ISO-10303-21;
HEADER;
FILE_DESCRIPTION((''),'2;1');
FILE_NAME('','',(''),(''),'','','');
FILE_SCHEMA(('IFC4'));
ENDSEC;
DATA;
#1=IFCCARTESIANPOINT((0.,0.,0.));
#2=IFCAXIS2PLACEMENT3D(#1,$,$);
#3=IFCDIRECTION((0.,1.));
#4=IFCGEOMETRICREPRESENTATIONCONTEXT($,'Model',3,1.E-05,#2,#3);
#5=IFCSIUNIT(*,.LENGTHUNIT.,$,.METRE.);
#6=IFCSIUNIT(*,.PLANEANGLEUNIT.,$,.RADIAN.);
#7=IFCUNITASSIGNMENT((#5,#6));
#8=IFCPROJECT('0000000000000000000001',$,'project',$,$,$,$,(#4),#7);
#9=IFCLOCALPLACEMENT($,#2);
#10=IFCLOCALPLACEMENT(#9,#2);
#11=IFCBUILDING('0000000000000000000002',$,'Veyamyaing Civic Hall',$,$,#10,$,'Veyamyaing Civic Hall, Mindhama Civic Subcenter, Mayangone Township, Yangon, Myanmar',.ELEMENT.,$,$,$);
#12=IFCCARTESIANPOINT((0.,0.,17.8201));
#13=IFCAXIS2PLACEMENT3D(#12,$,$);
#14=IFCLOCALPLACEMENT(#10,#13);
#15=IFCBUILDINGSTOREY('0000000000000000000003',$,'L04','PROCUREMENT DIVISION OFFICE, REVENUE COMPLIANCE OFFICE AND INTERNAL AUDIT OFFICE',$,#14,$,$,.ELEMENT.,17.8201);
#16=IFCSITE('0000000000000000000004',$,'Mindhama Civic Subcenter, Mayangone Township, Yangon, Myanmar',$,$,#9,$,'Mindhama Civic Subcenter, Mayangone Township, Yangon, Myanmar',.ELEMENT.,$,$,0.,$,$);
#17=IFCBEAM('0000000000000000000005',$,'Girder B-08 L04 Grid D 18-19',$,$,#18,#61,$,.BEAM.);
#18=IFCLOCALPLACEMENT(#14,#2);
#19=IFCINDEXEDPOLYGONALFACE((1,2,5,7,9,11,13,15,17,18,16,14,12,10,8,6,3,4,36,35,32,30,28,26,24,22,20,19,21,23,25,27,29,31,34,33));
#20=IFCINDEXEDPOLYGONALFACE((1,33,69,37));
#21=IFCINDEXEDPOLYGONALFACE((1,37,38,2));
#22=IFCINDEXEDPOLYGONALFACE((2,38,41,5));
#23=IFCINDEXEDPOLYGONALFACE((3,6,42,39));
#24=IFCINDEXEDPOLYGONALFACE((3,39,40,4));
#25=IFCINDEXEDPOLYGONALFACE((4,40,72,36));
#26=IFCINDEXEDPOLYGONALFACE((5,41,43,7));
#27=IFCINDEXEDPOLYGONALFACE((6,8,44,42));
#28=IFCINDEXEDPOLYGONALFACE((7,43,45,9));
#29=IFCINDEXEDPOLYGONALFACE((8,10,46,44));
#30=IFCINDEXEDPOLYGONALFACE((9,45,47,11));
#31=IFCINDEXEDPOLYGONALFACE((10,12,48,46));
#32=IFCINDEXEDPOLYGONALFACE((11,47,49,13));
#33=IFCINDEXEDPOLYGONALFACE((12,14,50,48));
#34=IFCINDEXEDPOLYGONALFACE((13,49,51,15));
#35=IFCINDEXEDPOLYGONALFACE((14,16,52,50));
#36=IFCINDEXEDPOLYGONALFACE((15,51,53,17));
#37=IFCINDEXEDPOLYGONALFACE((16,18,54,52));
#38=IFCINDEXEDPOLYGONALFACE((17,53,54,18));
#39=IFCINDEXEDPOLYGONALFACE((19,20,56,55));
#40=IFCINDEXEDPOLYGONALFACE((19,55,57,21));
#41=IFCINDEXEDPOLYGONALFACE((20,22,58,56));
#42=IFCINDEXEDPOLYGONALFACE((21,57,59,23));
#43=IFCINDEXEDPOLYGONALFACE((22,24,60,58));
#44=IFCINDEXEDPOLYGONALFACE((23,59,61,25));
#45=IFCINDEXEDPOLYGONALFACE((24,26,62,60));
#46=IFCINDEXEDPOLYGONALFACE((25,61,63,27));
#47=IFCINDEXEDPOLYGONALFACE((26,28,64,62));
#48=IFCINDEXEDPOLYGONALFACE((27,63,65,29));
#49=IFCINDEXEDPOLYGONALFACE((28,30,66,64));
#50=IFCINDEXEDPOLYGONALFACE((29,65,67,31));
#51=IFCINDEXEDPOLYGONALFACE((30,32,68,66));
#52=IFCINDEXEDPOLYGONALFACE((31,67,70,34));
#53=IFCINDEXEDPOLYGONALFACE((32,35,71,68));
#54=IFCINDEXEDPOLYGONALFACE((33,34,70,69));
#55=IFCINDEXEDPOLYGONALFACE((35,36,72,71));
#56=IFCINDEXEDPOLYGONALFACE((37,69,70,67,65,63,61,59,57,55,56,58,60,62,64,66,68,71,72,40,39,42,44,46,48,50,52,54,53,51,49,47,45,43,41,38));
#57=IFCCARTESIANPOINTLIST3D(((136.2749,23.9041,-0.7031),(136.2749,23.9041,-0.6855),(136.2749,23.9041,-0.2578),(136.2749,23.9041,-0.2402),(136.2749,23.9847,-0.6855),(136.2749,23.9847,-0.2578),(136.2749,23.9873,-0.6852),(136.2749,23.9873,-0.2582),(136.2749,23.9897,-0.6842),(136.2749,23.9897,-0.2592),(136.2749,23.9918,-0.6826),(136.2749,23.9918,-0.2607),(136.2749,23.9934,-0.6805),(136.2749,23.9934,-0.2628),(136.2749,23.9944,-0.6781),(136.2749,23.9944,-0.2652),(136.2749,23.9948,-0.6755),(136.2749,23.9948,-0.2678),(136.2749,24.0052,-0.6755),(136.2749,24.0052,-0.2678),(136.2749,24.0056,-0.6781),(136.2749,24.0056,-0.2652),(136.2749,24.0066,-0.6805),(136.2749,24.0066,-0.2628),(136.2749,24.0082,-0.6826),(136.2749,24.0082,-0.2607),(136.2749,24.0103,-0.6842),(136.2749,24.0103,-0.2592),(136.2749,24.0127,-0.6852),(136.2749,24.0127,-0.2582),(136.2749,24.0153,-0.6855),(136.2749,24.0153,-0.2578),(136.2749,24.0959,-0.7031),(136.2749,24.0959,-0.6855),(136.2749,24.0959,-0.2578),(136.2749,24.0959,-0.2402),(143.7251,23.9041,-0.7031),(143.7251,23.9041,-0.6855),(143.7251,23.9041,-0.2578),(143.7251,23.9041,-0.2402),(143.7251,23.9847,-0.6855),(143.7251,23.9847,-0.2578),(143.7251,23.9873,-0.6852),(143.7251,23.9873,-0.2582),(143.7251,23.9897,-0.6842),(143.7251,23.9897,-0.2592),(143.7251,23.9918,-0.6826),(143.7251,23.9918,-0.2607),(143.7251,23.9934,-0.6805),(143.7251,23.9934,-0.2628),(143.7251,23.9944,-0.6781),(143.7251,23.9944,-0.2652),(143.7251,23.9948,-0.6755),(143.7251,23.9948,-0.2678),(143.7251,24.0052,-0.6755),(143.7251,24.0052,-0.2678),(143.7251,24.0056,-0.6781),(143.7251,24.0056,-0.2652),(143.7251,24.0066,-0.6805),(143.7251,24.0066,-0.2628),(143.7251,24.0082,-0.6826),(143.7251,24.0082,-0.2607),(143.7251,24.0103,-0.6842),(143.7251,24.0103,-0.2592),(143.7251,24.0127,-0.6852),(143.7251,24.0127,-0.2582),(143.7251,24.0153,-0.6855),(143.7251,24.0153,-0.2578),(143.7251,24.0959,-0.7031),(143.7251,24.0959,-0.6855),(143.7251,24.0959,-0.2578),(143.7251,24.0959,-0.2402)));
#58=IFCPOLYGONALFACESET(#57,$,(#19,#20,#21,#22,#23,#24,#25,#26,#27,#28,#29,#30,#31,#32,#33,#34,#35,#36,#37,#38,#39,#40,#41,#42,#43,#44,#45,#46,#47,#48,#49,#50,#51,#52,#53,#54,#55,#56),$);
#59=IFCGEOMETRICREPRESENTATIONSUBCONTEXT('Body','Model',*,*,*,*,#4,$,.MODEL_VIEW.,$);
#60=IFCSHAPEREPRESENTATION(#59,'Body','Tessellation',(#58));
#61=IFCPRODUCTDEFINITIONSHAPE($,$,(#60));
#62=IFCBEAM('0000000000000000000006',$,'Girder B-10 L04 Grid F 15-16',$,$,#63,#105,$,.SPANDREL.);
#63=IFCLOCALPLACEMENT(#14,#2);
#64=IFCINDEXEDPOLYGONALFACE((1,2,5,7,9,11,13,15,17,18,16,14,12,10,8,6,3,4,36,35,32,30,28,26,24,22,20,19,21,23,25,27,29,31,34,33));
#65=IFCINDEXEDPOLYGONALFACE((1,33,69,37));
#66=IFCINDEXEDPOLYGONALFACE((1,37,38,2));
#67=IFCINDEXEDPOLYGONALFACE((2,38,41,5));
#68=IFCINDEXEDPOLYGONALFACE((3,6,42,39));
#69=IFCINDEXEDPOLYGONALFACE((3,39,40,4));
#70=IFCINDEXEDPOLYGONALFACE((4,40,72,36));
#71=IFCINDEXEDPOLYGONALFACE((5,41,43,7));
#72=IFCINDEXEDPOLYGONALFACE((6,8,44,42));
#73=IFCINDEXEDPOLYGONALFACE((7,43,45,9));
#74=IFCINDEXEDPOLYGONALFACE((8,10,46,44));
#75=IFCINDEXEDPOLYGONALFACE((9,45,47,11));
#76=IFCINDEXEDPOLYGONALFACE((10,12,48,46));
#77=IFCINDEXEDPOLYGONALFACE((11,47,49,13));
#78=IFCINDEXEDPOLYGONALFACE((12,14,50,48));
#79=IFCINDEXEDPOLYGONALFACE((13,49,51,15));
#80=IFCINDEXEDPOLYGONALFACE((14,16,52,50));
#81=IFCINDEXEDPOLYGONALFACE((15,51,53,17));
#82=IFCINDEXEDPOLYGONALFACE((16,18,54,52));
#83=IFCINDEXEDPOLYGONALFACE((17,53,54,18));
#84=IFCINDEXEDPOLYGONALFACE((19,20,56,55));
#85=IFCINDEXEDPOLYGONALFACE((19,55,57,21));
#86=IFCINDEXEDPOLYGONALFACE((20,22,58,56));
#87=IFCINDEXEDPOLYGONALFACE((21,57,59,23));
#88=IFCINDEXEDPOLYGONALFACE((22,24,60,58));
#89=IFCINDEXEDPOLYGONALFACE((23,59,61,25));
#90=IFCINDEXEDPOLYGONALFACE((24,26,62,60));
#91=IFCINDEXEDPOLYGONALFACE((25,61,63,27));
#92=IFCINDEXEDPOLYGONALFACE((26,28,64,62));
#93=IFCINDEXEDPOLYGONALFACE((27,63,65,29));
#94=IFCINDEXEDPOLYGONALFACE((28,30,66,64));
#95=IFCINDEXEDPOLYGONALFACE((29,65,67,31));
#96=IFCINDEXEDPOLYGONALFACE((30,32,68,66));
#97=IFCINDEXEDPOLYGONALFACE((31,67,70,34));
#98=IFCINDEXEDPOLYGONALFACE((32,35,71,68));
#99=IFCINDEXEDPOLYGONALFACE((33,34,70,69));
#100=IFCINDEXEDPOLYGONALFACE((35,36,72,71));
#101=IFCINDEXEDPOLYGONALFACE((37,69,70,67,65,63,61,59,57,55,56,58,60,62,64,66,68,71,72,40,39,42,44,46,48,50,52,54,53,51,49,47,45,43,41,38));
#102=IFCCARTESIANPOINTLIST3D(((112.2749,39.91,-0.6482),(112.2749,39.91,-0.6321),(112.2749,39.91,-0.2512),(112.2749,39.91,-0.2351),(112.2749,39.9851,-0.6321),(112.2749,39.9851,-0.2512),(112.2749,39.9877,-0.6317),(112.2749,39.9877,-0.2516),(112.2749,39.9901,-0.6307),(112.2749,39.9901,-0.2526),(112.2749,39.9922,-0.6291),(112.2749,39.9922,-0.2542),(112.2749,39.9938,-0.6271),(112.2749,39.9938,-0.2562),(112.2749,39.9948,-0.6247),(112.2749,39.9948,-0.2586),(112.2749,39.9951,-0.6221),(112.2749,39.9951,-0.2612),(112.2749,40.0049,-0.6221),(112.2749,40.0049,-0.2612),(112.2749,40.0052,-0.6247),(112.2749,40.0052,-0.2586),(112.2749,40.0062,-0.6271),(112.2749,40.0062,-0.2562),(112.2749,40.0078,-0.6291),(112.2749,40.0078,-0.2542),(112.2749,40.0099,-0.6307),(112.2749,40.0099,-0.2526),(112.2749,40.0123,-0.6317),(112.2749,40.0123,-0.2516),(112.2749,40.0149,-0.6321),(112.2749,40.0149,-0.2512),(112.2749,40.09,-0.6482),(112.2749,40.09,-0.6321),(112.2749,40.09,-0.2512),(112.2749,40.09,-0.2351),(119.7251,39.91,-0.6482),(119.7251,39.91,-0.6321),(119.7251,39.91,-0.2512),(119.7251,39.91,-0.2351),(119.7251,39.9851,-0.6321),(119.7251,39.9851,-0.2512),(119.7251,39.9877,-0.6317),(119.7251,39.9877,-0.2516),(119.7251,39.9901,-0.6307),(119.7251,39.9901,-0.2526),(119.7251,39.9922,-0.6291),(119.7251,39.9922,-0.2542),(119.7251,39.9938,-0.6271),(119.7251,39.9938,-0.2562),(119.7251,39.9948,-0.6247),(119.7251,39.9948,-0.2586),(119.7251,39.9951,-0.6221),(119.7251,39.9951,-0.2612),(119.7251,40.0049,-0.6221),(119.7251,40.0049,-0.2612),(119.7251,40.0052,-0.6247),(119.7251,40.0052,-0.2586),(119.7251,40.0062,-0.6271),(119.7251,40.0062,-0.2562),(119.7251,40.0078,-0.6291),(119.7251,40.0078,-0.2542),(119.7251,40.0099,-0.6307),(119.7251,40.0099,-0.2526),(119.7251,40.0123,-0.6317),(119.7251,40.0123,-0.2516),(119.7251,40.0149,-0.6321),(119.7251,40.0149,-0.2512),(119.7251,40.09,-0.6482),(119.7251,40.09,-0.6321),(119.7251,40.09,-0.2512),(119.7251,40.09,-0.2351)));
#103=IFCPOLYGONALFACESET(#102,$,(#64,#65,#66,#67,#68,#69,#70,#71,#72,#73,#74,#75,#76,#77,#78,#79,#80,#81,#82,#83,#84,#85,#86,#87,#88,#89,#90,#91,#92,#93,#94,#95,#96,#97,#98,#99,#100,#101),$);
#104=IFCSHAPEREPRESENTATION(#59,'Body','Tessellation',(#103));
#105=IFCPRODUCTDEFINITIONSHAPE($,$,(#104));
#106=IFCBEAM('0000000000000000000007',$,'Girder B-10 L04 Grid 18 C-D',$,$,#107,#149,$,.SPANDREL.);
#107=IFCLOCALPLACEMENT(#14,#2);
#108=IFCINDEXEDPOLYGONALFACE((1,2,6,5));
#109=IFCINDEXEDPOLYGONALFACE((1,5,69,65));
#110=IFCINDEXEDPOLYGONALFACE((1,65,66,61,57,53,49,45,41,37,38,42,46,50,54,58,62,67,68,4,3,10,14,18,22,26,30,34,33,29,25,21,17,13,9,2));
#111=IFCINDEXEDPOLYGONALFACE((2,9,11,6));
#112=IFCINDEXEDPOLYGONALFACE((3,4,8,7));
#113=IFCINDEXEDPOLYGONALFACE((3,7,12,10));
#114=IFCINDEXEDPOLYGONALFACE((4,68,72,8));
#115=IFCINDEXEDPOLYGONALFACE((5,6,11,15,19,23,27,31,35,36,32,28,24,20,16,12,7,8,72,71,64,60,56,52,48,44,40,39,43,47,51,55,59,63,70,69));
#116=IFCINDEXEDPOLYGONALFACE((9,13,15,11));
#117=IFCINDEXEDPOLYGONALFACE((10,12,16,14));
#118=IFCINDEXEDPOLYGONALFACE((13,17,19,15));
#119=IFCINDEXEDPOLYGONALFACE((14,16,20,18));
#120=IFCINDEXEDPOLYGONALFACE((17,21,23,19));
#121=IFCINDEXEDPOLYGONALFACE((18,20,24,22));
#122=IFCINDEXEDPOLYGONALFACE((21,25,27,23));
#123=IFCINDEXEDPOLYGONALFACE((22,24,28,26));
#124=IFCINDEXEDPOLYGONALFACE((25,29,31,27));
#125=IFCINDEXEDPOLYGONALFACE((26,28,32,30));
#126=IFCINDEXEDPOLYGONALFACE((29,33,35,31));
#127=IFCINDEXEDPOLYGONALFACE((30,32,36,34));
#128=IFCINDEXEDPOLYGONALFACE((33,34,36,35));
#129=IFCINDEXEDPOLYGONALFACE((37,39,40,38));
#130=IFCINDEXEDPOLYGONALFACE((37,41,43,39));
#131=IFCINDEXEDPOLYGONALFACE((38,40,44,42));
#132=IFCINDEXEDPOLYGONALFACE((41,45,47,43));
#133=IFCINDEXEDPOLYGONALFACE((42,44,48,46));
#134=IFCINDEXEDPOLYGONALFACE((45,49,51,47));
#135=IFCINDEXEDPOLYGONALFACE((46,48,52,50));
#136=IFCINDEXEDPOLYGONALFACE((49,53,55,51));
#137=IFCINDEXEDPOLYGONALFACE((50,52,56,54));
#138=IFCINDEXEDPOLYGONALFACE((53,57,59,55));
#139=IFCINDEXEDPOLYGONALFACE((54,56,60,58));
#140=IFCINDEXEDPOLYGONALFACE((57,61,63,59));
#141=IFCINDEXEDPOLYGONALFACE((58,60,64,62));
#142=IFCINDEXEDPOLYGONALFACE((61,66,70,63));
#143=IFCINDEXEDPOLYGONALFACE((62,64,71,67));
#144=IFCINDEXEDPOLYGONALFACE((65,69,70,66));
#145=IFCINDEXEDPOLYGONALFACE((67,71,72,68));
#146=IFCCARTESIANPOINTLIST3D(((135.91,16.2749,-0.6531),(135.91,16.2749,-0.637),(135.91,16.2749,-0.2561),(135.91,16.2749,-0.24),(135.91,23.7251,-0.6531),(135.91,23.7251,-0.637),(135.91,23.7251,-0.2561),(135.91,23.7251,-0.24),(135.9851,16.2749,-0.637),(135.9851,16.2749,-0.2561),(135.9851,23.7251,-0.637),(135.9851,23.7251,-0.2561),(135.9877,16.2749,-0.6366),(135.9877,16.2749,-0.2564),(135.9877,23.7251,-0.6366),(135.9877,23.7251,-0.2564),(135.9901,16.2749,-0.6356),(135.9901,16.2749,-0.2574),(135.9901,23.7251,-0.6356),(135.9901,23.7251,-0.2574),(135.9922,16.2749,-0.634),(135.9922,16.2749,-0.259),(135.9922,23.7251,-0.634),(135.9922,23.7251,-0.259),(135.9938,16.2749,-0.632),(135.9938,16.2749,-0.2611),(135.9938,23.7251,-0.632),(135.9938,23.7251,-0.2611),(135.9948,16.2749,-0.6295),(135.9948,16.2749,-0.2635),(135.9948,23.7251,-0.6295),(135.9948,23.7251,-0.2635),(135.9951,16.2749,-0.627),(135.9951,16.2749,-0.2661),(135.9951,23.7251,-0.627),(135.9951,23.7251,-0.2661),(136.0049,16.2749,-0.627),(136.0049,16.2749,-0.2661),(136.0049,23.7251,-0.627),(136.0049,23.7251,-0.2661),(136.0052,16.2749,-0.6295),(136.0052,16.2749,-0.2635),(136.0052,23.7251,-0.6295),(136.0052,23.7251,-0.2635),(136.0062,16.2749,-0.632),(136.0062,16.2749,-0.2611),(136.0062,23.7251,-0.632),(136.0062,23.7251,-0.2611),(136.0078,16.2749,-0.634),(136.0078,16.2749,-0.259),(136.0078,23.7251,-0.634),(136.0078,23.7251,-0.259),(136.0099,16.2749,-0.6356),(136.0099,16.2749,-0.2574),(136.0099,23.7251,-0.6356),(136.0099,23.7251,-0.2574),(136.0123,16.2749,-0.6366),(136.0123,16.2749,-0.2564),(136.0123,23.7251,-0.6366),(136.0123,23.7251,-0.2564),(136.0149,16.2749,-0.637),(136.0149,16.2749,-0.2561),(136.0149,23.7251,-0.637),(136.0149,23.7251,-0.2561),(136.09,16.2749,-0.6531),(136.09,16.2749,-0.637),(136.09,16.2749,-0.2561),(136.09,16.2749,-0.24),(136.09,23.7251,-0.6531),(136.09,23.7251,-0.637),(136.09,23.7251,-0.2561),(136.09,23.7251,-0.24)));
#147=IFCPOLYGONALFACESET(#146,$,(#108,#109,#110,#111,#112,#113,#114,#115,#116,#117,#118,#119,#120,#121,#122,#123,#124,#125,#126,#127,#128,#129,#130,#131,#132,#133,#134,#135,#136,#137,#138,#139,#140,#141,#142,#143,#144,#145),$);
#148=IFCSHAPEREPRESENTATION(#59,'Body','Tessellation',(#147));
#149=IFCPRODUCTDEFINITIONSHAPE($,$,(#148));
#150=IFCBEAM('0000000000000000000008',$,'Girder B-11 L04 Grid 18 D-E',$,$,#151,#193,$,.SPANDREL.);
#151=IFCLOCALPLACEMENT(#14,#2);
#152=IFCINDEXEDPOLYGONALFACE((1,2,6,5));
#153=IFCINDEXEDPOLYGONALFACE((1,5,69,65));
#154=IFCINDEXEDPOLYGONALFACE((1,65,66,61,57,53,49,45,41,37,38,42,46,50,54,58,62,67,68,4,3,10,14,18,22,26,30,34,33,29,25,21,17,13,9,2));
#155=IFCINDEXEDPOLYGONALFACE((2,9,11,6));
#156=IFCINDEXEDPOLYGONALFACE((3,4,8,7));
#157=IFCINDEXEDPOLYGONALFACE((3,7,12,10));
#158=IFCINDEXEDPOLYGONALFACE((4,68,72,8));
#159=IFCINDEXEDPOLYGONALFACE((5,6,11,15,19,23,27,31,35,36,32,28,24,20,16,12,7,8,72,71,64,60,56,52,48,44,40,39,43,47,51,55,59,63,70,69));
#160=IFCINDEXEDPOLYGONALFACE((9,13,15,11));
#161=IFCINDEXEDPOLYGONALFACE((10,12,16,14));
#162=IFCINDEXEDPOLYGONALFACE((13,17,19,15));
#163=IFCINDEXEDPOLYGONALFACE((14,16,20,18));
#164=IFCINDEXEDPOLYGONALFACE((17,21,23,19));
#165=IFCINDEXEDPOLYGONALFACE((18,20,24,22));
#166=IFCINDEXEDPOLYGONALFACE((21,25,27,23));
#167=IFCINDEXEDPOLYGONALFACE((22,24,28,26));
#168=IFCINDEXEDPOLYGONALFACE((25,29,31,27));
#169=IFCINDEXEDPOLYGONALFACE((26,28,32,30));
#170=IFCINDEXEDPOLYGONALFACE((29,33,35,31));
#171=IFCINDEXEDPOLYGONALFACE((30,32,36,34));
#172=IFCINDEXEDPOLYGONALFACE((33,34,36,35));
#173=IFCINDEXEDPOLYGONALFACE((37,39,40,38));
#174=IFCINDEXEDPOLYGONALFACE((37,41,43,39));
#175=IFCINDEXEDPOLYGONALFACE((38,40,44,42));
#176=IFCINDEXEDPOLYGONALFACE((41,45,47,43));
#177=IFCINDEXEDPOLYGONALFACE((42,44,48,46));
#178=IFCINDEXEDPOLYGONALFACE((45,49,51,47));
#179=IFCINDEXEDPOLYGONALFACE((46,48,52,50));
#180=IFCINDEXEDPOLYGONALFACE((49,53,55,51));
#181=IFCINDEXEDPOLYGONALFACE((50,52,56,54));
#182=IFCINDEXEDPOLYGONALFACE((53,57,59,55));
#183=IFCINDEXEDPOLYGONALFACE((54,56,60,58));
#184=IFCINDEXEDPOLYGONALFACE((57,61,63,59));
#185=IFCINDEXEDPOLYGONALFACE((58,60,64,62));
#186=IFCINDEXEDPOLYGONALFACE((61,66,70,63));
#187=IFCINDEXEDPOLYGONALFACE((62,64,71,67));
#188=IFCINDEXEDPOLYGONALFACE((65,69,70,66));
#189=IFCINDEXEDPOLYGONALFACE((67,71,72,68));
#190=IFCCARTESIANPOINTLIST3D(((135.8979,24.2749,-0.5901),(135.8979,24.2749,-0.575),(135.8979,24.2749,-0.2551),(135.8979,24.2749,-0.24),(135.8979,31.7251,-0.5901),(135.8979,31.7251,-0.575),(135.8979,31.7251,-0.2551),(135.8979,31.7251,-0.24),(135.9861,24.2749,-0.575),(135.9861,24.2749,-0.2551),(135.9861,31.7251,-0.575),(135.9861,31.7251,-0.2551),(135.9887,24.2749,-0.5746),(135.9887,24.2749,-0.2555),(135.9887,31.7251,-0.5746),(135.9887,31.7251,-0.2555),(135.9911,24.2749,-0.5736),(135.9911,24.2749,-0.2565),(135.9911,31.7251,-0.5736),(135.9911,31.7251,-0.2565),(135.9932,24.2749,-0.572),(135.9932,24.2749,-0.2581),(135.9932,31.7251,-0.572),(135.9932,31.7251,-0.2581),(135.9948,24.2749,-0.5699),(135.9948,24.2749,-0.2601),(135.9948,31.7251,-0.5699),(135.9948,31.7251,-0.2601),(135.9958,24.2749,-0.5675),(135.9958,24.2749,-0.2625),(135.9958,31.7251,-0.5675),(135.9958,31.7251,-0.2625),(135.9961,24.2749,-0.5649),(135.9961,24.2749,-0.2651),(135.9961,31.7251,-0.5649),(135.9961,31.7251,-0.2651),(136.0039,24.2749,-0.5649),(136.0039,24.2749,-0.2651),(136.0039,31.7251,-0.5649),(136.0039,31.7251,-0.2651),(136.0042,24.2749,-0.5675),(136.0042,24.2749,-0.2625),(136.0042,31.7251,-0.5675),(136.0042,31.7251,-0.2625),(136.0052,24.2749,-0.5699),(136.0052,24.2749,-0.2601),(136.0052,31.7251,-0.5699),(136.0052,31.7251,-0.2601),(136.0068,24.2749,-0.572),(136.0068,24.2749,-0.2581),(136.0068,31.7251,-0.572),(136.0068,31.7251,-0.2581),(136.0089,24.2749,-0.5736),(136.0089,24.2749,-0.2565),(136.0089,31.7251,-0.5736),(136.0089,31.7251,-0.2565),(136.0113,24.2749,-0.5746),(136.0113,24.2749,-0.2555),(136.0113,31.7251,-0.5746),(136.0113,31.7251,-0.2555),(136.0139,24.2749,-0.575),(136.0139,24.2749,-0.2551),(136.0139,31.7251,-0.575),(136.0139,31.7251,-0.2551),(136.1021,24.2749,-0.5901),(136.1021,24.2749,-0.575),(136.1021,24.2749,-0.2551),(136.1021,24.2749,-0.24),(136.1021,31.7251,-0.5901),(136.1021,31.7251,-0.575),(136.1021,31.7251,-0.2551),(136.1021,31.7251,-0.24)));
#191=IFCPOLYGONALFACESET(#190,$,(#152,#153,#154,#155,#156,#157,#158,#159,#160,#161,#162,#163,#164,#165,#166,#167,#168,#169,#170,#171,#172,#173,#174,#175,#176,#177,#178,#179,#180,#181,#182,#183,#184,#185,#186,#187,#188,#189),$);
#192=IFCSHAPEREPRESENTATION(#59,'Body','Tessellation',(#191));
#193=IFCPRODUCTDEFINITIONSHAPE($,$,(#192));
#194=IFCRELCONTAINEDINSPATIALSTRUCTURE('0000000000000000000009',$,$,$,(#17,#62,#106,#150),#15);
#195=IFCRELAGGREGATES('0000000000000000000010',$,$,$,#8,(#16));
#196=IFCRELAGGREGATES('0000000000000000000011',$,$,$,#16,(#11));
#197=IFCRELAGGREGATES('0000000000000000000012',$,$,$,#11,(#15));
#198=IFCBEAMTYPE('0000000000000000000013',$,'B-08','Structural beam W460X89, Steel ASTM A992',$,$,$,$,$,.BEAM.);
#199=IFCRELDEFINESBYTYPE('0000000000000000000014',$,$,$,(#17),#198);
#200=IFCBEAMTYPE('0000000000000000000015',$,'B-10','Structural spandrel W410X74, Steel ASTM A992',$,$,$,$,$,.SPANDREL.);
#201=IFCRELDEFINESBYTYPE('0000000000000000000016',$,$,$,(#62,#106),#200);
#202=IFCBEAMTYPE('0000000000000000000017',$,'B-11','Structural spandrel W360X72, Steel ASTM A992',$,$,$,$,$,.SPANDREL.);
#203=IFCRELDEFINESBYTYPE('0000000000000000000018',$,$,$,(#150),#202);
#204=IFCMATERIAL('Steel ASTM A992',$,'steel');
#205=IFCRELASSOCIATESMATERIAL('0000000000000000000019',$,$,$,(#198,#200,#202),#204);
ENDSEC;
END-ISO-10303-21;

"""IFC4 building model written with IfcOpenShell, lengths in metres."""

from ifc_helpers import new_model, si_unit, direction, frame, origin, origin_2d, place, context, subcontext, project, spatial, i_section, extrude, material, material_profile, profile_set, type_object, element, save


model = new_model("IFC4")

# Units and contexts
model_context = context("Model", 3, precision=1e-05, world=origin(), true_north=direction((0.0, 1.0)))
body_context = subcontext(model_context, "Body", "Model", "MODEL_VIEW")
ifc_project = project(units=[si_unit("LENGTHUNIT", "METRE"), si_unit("PLANEANGLEUNIT", "RADIAN")], contexts=[model_context])

# Site, building, storey
site_placement = place(None, origin())
site = spatial("IfcSite", under=ifc_project, at=site_placement, Name="Mindhama Civic Subcenter, Mayangone Township, Yangon, Myanmar", LongName="Mindhama Civic Subcenter, Mayangone Township, Yangon, Myanmar", CompositionType="ELEMENT", RefElevation=0.0)
building_placement = place(site_placement, origin())
building = spatial("IfcBuilding", under=site, at=building_placement, Name="Veyamyaing Civic Hall", LongName="Veyamyaing Civic Hall, Mindhama Civic Subcenter, Mayangone Township, Yangon, Myanmar", CompositionType="ELEMENT")
storey_placement = place(building_placement, frame((0.0, 0.0, 17.8201)))
storey = spatial("IfcBuildingStorey", under=building, at=storey_placement, Name="L04", Description="PROCUREMENT DIVISION OFFICE, REVENUE COMPLIANCE OFFICE AND INTERNAL AUDIT OFFICE", CompositionType="ELEMENT", Elevation=17.8201)

# Beams
ifc_material_1 = material(Name="Steel ASTM A992", Category="steel")
ifc_material_profile_1 = material_profile(ifc_material_1, i_section(OverallWidth=0.1919, OverallDepth=0.4629, WebThickness=0.0105, FlangeThickness=0.0176, FilletRadius=0.01, at=origin_2d()), Name="W460X89")
ifc_profile_set_1 = profile_set([ifc_material_profile_1], Name="Steel ASTM A992")
beam_type_1 = type_object("IfcBeamType", Name="B-08", Description="Structural beam W460X89, Steel ASTM A992", PredefinedType="BEAM", material=ifc_profile_set_1)
beam_1_placement = place(storey_placement, frame((136.2749, 24.0, -0.4717), z_axis=(1.0, 0.0, 0.0), x_axis=(0.0, 1.0, 0.0)))
element("IfcBeam", 1, at=beam_1_placement, inside=storey, type_object=beam_type_1, Name="Girder B-08 L04 Grid D 18-19", PredefinedType="BEAM", context=body_context, shape_type="SweptSolid", body=[
    extrude(i_section(OverallWidth=0.1919, OverallDepth=0.4629, WebThickness=0.0105, FlangeThickness=0.0176, FilletRadius=0.01, at=origin_2d()), origin(), (0.0, 0.0, 1.0), 7.4502),
])
ifc_material_profile_2 = material_profile(ifc_material_1, i_section(OverallWidth=0.1799, OverallDepth=0.4131, WebThickness=0.0098, FlangeThickness=0.0161, FilletRadius=0.01, at=origin_2d()), Name="W410X74")
ifc_profile_set_2 = profile_set([ifc_material_profile_2], Name="Steel ASTM A992")
beam_type_2 = type_object("IfcBeamType", Name="B-10", Description="Structural spandrel W410X74, Steel ASTM A992", PredefinedType="SPANDREL", material=ifc_profile_set_2)
for number, where, z_axis, x_axis, name in (
    (2, (112.2749, 40.0, -0.4417), (1.0, 0.0, 0.0), (0.0, 1.0, 0.0), "Girder B-10 L04 Grid F 15-16"),
    (3, (136.0, 16.2749, -0.4465), (0.0, 1.0, 0.0), (-1.0, 0.0, 0.0), "Girder B-10 L04 Grid 18 C-D"),
):
    element("IfcBeam", number, at=place(storey_placement, frame(where, z_axis=z_axis, x_axis=x_axis)), inside=storey, type_object=beam_type_2, Name=name, PredefinedType="SPANDREL", context=body_context, shape_type="SweptSolid", body=[
        extrude(i_section(OverallWidth=0.1799, OverallDepth=0.4131, WebThickness=0.0098, FlangeThickness=0.0161, FilletRadius=0.01, at=origin_2d()), origin(), (0.0, 0.0, 1.0), 7.4502),
    ])
ifc_material_profile_3 = material_profile(ifc_material_1, i_section(OverallWidth=0.2041, OverallDepth=0.3501, WebThickness=0.0078, FlangeThickness=0.0151, FilletRadius=0.01, at=origin_2d()), Name="W360X72")
ifc_profile_set_3 = profile_set([ifc_material_profile_3], Name="Steel ASTM A992")
beam_type_3 = type_object("IfcBeamType", Name="B-11", Description="Structural spandrel W360X72, Steel ASTM A992", PredefinedType="SPANDREL", material=ifc_profile_set_3)
beam_2_placement = place(storey_placement, frame((136.0, 24.2749, -0.415), z_axis=(0.0, 1.0, 0.0), x_axis=(-1.0, 0.0, 0.0)))
element("IfcBeam", 4, at=beam_2_placement, inside=storey, type_object=beam_type_3, Name="Girder B-11 L04 Grid 18 D-E", PredefinedType="SPANDREL", context=body_context, shape_type="SweptSolid", body=[
    extrude(i_section(OverallWidth=0.2041, OverallDepth=0.3501, WebThickness=0.0078, FlangeThickness=0.0151, FilletRadius=0.01, at=origin_2d()), origin(), (0.0, 0.0, 1.0), 7.4502),
])

save(model, "model.ifc")
